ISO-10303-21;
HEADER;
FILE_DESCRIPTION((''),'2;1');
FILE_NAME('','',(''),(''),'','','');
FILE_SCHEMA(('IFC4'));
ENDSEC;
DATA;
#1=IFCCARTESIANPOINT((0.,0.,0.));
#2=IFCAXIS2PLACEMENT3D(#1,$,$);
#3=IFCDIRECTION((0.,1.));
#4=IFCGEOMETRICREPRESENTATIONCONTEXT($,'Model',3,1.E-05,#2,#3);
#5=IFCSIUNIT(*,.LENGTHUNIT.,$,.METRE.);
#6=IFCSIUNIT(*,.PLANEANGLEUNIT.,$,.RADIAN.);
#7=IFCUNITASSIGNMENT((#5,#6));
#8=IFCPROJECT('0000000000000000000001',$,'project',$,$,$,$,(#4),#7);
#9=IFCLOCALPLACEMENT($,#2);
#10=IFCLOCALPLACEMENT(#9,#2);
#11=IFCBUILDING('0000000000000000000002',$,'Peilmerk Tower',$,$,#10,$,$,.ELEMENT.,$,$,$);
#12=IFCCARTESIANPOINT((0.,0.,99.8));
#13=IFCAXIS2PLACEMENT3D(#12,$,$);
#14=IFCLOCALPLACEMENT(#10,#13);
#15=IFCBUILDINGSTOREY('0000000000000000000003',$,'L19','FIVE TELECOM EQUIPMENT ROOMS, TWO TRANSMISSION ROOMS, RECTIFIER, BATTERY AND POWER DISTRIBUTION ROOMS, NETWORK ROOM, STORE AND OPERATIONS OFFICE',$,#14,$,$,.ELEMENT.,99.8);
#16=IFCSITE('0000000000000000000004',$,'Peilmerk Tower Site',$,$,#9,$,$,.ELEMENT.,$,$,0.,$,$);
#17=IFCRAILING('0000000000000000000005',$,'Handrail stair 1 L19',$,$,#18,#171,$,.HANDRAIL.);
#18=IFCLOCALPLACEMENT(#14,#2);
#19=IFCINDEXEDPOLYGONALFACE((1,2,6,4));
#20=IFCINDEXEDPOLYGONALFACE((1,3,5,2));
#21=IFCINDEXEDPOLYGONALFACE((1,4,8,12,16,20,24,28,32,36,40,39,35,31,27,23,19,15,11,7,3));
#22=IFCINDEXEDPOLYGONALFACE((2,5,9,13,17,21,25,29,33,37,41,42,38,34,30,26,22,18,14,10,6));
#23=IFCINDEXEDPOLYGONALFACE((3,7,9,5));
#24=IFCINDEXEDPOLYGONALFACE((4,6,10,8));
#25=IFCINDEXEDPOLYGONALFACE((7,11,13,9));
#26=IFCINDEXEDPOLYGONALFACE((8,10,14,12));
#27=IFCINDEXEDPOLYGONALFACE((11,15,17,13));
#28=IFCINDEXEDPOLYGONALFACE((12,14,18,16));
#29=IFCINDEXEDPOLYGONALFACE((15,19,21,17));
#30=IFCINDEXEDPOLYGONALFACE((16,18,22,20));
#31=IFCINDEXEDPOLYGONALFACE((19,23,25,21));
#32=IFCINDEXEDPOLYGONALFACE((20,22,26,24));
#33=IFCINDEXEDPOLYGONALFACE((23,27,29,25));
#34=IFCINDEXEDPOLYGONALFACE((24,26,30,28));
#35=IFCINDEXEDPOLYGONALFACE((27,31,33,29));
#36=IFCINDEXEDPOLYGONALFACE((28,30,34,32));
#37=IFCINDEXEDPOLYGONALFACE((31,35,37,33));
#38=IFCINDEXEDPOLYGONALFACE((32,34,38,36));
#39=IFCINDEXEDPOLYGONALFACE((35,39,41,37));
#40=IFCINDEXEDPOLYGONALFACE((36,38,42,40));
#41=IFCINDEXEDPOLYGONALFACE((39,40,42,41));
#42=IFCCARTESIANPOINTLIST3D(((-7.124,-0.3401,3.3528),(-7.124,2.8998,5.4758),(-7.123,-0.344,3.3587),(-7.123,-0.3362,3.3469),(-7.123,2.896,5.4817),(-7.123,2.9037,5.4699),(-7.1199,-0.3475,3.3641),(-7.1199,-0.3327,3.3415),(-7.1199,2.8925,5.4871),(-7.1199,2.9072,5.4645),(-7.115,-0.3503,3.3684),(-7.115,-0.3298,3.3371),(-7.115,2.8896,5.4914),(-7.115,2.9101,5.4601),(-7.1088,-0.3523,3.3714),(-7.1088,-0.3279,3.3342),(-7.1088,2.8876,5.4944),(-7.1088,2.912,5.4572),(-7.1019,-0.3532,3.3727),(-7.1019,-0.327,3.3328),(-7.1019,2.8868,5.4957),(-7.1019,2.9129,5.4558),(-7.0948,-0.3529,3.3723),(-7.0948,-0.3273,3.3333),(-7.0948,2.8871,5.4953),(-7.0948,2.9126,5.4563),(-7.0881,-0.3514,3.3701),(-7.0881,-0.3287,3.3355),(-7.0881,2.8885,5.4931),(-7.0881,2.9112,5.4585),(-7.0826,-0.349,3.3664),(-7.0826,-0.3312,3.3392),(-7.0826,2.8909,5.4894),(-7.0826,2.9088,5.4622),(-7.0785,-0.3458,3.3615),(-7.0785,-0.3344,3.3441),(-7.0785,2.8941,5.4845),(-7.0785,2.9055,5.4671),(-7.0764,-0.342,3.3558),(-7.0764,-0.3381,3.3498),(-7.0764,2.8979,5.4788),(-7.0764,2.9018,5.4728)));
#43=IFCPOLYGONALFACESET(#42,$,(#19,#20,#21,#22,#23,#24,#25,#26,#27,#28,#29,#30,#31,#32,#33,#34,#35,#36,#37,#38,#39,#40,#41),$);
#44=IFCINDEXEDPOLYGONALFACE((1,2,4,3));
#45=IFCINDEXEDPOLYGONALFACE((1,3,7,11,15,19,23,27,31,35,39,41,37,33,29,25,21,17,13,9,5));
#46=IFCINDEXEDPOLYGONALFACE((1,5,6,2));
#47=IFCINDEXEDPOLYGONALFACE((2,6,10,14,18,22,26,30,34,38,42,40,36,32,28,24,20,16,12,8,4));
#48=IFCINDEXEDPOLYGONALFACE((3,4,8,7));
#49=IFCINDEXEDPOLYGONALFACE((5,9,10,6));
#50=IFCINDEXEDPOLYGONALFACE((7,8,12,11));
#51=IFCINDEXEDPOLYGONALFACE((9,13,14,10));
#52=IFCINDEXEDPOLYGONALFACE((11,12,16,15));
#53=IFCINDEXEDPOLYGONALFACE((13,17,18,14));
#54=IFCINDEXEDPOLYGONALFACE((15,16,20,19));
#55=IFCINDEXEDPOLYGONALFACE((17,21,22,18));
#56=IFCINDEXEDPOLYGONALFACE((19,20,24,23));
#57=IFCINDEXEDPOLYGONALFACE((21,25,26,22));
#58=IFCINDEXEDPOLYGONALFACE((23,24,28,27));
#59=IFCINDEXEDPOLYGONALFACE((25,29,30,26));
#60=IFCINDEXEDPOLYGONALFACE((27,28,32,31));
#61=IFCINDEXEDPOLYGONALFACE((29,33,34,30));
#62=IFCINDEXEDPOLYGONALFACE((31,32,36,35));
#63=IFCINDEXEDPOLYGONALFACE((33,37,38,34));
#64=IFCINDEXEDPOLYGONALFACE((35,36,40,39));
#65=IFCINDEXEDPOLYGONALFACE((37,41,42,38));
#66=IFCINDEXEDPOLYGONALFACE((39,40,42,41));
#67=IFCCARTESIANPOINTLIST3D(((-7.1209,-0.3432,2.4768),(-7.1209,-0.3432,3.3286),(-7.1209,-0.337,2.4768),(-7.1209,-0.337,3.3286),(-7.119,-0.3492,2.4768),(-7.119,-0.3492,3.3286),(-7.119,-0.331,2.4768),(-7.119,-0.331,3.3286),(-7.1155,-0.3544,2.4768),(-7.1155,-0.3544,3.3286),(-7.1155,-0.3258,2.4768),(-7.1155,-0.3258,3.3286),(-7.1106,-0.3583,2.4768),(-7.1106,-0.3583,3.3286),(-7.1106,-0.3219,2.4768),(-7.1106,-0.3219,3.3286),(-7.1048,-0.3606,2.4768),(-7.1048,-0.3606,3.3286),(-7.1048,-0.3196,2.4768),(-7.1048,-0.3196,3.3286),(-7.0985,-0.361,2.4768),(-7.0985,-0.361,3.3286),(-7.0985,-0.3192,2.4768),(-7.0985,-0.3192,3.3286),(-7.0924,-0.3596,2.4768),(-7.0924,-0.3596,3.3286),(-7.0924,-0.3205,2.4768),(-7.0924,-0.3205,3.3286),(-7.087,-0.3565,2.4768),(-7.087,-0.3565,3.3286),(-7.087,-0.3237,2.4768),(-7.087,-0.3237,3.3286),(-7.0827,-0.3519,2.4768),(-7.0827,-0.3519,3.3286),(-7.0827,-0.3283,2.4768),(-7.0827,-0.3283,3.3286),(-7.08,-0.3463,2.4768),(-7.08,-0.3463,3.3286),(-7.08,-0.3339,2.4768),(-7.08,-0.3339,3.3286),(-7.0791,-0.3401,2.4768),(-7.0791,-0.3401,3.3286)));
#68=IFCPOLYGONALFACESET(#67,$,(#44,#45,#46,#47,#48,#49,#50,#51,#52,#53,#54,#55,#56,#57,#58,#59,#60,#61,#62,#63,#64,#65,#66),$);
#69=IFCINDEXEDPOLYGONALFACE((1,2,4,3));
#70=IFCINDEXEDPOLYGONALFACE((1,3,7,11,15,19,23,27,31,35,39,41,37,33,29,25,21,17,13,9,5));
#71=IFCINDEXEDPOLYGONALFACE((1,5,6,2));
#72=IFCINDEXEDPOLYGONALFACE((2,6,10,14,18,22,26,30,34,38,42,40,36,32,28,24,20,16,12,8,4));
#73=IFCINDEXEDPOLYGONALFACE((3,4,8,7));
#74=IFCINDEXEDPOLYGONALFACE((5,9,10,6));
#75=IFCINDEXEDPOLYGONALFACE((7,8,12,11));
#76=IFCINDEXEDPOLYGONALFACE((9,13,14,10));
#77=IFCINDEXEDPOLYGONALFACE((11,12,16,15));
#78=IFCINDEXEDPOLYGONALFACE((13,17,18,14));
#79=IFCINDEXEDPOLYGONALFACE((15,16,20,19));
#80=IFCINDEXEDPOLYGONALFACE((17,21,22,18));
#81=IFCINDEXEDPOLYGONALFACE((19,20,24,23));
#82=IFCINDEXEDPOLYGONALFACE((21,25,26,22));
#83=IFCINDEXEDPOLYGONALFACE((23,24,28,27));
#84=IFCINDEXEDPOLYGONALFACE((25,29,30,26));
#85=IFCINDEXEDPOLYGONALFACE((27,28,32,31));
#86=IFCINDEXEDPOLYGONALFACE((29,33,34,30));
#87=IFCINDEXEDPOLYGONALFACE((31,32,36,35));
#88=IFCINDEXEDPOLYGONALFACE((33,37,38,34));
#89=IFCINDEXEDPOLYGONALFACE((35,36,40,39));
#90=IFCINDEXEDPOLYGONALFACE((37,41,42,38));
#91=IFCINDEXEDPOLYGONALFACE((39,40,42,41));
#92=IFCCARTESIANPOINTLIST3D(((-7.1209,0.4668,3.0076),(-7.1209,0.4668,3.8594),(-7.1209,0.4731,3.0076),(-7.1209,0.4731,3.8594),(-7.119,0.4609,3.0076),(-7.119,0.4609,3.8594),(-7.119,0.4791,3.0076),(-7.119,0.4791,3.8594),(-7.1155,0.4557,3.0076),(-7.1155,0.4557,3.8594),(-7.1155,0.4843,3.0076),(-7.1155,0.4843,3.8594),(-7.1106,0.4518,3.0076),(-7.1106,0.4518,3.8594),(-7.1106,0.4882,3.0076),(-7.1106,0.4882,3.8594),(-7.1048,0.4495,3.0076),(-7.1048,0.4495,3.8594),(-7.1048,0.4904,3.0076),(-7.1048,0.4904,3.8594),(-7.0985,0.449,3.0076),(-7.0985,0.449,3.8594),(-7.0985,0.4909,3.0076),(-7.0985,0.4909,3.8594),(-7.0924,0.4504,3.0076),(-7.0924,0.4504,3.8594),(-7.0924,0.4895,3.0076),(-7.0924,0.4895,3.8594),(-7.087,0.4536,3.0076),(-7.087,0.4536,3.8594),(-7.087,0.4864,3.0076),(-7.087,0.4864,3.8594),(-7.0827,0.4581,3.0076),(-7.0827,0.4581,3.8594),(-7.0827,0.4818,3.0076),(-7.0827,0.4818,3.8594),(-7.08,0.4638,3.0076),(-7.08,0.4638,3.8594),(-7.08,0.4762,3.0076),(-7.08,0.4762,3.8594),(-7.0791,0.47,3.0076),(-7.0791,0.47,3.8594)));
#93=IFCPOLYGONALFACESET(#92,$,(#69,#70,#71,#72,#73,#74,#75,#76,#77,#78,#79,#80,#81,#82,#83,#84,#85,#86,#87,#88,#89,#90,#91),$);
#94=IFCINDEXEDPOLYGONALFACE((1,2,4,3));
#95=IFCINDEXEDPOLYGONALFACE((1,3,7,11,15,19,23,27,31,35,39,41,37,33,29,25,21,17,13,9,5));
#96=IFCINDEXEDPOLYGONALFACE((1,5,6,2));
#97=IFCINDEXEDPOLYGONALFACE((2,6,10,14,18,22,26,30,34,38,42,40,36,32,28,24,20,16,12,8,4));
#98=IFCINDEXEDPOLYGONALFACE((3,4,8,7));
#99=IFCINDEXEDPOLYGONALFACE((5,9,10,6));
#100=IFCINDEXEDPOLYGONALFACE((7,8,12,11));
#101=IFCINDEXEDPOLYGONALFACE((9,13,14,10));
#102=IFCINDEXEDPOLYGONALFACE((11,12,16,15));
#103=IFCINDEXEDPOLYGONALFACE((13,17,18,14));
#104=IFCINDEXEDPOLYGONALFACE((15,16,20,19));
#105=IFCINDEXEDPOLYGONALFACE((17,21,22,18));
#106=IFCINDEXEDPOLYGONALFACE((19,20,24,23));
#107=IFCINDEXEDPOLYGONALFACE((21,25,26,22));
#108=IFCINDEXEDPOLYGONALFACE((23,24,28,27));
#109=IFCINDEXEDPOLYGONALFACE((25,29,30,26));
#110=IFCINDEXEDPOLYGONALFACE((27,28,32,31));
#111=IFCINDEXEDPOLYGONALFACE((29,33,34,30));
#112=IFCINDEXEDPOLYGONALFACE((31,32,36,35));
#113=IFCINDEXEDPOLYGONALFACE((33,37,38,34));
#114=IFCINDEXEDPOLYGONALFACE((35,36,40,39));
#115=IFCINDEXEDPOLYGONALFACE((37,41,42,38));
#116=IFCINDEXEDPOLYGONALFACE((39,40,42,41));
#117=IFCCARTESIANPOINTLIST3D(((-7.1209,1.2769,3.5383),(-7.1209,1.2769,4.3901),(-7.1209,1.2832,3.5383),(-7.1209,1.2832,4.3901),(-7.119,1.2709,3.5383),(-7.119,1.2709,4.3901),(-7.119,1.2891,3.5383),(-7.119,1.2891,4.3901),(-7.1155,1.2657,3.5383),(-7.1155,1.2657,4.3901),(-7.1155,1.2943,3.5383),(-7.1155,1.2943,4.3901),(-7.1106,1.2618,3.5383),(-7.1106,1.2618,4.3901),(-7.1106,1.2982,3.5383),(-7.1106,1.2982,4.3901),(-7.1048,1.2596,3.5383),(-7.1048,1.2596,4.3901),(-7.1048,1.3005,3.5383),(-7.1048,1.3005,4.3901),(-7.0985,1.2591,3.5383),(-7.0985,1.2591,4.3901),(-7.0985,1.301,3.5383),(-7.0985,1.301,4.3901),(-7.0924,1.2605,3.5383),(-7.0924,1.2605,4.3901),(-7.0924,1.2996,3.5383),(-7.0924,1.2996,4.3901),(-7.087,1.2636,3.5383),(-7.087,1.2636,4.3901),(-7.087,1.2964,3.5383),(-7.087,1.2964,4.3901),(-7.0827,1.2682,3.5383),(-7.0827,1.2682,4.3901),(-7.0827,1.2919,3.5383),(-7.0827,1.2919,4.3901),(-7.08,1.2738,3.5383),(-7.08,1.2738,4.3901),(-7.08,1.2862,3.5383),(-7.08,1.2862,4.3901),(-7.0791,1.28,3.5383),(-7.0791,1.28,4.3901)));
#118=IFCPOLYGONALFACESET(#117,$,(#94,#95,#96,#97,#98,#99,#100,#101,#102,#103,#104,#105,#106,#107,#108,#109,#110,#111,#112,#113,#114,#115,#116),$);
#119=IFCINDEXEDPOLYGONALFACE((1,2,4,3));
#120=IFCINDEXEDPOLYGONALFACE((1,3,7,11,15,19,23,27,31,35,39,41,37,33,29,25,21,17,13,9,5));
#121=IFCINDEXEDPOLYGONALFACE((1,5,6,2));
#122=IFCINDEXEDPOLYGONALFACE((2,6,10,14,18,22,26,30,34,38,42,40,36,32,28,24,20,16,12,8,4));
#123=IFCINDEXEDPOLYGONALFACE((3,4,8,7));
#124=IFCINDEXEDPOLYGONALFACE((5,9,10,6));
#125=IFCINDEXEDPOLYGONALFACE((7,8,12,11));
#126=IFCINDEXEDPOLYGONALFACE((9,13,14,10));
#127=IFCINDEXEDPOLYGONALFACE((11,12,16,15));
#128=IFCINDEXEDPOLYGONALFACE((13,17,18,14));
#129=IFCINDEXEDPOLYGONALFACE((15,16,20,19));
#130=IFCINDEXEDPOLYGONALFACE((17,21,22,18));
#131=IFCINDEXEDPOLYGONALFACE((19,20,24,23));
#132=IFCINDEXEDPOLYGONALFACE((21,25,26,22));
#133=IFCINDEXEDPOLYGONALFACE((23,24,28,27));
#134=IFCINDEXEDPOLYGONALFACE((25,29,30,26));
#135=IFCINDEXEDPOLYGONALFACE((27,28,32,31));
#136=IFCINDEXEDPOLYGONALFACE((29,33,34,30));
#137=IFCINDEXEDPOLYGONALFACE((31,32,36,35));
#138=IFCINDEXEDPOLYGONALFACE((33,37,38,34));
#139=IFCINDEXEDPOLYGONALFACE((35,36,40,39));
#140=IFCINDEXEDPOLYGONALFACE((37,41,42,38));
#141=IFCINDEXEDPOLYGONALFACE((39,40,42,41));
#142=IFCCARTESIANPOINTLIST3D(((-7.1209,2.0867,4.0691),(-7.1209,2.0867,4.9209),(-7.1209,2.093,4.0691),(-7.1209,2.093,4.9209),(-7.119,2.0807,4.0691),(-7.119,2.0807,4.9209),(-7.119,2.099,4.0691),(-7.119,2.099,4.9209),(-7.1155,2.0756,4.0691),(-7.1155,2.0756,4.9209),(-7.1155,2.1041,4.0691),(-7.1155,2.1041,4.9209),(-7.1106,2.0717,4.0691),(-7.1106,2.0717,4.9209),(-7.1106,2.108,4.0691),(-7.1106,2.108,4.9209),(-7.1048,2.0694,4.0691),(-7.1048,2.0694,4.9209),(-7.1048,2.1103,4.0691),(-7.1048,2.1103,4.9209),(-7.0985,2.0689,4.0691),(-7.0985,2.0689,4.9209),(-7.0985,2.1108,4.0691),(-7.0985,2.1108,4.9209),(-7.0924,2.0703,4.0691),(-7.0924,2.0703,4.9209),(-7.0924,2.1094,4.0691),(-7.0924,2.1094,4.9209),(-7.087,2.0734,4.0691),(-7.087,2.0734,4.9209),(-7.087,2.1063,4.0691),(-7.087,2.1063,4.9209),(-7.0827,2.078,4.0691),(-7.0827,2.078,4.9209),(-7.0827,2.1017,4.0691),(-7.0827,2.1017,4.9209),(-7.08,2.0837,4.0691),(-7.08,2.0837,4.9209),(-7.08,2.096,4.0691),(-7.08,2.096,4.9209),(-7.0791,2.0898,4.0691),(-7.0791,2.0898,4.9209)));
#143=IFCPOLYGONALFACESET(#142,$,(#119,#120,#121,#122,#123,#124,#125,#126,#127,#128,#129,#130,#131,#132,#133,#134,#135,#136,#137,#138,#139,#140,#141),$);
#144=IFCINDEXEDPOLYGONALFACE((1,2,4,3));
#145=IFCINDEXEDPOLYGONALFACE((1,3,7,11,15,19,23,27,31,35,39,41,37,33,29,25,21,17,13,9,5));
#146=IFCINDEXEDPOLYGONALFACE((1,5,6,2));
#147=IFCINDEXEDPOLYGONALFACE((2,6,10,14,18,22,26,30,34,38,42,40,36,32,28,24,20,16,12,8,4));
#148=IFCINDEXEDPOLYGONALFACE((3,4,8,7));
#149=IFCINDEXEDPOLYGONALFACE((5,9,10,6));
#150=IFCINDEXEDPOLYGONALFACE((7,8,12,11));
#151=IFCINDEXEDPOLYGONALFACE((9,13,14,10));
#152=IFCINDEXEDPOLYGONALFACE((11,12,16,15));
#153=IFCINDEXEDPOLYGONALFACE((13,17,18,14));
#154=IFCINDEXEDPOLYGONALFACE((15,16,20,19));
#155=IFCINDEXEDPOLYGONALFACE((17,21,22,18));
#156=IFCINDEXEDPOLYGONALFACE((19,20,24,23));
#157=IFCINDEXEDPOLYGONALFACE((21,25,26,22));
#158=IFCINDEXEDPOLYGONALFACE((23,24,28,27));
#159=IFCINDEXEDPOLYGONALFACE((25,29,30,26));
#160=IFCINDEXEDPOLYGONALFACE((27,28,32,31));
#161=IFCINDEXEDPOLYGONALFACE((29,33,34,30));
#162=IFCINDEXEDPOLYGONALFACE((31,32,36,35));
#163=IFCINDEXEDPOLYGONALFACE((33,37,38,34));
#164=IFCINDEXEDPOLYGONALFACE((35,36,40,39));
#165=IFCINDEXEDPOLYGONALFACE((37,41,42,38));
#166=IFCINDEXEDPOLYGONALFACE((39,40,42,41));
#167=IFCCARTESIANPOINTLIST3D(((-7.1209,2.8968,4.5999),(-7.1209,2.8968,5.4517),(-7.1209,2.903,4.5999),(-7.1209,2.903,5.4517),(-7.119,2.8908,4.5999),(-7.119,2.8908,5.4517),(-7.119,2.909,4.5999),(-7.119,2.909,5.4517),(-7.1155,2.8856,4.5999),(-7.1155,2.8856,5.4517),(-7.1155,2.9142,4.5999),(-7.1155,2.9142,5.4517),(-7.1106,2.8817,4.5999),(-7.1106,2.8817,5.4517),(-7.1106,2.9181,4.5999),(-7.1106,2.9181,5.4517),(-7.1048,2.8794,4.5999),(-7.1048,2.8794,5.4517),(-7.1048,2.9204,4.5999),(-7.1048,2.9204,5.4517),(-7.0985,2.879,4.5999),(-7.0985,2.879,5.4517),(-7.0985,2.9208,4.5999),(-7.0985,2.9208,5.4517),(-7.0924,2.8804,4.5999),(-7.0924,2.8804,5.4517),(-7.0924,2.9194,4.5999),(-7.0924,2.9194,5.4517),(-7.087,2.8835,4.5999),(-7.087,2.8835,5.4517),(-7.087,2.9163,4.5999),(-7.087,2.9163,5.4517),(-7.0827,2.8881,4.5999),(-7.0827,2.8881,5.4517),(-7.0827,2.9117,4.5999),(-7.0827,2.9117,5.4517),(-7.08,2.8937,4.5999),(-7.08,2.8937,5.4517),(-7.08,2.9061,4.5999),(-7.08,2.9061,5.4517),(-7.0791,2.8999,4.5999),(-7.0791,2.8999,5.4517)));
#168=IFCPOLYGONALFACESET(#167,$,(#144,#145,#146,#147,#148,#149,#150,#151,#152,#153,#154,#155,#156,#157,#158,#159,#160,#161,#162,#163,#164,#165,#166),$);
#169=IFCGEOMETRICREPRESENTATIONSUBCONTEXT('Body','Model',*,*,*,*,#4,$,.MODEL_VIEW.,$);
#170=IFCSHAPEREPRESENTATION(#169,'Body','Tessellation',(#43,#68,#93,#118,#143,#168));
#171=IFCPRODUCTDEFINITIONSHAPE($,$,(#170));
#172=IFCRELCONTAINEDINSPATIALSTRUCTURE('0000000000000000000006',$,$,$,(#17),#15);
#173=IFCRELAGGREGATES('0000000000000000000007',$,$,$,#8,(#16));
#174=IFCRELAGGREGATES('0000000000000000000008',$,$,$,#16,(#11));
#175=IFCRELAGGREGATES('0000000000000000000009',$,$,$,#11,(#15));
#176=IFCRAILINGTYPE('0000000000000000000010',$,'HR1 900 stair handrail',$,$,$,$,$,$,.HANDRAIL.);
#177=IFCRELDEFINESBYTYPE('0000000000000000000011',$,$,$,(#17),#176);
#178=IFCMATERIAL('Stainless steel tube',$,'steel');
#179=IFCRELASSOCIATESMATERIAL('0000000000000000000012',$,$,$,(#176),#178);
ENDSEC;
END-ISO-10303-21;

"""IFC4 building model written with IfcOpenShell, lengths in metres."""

from ifc_helpers import new_model, si_unit, direction, frame, origin, origin_2d, place, context, subcontext, project, spatial, circle, extrude, material, type_object, element, save


model = new_model("IFC4")

# Units and contexts
model_context = context("Model", 3, precision=1e-05, world=origin(), true_north=direction((0.0, 1.0)))
body_context = subcontext(model_context, "Body", "Model", "MODEL_VIEW")
ifc_project = project(units=[si_unit("LENGTHUNIT", "METRE"), si_unit("PLANEANGLEUNIT", "RADIAN")], contexts=[model_context])

# Site, building, storey
site_placement = place(None, origin())
site = spatial("IfcSite", under=ifc_project, at=site_placement, Name="Peilmerk Tower Site", CompositionType="ELEMENT", RefElevation=0.0)
building_placement = place(site_placement, origin())
building = spatial("IfcBuilding", under=site, at=building_placement, Name="Peilmerk Tower", CompositionType="ELEMENT")
storey_placement = place(building_placement, frame((0.0, 0.0, 99.8)))
storey = spatial("IfcBuildingStorey", under=building, at=storey_placement, Name="L19", Description="FIVE TELECOM EQUIPMENT ROOMS, TWO TRANSMISSION ROOMS, RECTIFIER, BATTERY AND POWER DISTRIBUTION ROOMS, NETWORK ROOM, STORE AND OPERATIONS OFFICE", CompositionType="ELEMENT", Elevation=99.8)

# Railing
ifc_material_1 = material(Name="Stainless steel tube", Category="steel")
railing_type_1 = type_object("IfcRailingType", Name="HR1 900 stair handrail", PredefinedType="HANDRAIL", material=ifc_material_1)
railing_1_placement = place(storey_placement, frame((-7.1001, -0.3401, 2.4768)))
element("IfcRailing", 1, at=railing_1_placement, inside=storey, type_object=railing_type_1, Name="Handrail stair 1 L19", PredefinedType="HANDRAIL", context=body_context, shape_type="SweptSolid", body=[
    extrude(circle(Radius=0.0239, at=origin_2d()), frame((0.0, 0.0, 0.876), z_axis=(0.0, 0.836426, 0.548079), x_axis=(-1.0, 0.0, 0.0)), (0.0, 0.0, 1.0), 3.8735),
    extrude(circle(Radius=0.021, at=origin_2d()), origin(), (0.0, 0.0, 1.0), 0.8518),
    extrude(circle(Radius=0.021, at=origin_2d()), frame((0.0, 0.8101, 0.5308)), (0.0, 0.0, 1.0), 0.8518),
    extrude(circle(Radius=0.021, at=origin_2d()), frame((0.0, 1.6201, 1.0615)), (0.0, 0.0, 1.0), 0.8518),
    extrude(circle(Radius=0.021, at=origin_2d()), frame((0.0, 2.4299, 1.5923)), (0.0, 0.0, 1.0), 0.8518),
    extrude(circle(Radius=0.021, at=origin_2d()), frame((0.0, 3.24, 2.123)), (0.0, 0.0, 1.0), 0.8518),
])

save(model, "model.ifc")
